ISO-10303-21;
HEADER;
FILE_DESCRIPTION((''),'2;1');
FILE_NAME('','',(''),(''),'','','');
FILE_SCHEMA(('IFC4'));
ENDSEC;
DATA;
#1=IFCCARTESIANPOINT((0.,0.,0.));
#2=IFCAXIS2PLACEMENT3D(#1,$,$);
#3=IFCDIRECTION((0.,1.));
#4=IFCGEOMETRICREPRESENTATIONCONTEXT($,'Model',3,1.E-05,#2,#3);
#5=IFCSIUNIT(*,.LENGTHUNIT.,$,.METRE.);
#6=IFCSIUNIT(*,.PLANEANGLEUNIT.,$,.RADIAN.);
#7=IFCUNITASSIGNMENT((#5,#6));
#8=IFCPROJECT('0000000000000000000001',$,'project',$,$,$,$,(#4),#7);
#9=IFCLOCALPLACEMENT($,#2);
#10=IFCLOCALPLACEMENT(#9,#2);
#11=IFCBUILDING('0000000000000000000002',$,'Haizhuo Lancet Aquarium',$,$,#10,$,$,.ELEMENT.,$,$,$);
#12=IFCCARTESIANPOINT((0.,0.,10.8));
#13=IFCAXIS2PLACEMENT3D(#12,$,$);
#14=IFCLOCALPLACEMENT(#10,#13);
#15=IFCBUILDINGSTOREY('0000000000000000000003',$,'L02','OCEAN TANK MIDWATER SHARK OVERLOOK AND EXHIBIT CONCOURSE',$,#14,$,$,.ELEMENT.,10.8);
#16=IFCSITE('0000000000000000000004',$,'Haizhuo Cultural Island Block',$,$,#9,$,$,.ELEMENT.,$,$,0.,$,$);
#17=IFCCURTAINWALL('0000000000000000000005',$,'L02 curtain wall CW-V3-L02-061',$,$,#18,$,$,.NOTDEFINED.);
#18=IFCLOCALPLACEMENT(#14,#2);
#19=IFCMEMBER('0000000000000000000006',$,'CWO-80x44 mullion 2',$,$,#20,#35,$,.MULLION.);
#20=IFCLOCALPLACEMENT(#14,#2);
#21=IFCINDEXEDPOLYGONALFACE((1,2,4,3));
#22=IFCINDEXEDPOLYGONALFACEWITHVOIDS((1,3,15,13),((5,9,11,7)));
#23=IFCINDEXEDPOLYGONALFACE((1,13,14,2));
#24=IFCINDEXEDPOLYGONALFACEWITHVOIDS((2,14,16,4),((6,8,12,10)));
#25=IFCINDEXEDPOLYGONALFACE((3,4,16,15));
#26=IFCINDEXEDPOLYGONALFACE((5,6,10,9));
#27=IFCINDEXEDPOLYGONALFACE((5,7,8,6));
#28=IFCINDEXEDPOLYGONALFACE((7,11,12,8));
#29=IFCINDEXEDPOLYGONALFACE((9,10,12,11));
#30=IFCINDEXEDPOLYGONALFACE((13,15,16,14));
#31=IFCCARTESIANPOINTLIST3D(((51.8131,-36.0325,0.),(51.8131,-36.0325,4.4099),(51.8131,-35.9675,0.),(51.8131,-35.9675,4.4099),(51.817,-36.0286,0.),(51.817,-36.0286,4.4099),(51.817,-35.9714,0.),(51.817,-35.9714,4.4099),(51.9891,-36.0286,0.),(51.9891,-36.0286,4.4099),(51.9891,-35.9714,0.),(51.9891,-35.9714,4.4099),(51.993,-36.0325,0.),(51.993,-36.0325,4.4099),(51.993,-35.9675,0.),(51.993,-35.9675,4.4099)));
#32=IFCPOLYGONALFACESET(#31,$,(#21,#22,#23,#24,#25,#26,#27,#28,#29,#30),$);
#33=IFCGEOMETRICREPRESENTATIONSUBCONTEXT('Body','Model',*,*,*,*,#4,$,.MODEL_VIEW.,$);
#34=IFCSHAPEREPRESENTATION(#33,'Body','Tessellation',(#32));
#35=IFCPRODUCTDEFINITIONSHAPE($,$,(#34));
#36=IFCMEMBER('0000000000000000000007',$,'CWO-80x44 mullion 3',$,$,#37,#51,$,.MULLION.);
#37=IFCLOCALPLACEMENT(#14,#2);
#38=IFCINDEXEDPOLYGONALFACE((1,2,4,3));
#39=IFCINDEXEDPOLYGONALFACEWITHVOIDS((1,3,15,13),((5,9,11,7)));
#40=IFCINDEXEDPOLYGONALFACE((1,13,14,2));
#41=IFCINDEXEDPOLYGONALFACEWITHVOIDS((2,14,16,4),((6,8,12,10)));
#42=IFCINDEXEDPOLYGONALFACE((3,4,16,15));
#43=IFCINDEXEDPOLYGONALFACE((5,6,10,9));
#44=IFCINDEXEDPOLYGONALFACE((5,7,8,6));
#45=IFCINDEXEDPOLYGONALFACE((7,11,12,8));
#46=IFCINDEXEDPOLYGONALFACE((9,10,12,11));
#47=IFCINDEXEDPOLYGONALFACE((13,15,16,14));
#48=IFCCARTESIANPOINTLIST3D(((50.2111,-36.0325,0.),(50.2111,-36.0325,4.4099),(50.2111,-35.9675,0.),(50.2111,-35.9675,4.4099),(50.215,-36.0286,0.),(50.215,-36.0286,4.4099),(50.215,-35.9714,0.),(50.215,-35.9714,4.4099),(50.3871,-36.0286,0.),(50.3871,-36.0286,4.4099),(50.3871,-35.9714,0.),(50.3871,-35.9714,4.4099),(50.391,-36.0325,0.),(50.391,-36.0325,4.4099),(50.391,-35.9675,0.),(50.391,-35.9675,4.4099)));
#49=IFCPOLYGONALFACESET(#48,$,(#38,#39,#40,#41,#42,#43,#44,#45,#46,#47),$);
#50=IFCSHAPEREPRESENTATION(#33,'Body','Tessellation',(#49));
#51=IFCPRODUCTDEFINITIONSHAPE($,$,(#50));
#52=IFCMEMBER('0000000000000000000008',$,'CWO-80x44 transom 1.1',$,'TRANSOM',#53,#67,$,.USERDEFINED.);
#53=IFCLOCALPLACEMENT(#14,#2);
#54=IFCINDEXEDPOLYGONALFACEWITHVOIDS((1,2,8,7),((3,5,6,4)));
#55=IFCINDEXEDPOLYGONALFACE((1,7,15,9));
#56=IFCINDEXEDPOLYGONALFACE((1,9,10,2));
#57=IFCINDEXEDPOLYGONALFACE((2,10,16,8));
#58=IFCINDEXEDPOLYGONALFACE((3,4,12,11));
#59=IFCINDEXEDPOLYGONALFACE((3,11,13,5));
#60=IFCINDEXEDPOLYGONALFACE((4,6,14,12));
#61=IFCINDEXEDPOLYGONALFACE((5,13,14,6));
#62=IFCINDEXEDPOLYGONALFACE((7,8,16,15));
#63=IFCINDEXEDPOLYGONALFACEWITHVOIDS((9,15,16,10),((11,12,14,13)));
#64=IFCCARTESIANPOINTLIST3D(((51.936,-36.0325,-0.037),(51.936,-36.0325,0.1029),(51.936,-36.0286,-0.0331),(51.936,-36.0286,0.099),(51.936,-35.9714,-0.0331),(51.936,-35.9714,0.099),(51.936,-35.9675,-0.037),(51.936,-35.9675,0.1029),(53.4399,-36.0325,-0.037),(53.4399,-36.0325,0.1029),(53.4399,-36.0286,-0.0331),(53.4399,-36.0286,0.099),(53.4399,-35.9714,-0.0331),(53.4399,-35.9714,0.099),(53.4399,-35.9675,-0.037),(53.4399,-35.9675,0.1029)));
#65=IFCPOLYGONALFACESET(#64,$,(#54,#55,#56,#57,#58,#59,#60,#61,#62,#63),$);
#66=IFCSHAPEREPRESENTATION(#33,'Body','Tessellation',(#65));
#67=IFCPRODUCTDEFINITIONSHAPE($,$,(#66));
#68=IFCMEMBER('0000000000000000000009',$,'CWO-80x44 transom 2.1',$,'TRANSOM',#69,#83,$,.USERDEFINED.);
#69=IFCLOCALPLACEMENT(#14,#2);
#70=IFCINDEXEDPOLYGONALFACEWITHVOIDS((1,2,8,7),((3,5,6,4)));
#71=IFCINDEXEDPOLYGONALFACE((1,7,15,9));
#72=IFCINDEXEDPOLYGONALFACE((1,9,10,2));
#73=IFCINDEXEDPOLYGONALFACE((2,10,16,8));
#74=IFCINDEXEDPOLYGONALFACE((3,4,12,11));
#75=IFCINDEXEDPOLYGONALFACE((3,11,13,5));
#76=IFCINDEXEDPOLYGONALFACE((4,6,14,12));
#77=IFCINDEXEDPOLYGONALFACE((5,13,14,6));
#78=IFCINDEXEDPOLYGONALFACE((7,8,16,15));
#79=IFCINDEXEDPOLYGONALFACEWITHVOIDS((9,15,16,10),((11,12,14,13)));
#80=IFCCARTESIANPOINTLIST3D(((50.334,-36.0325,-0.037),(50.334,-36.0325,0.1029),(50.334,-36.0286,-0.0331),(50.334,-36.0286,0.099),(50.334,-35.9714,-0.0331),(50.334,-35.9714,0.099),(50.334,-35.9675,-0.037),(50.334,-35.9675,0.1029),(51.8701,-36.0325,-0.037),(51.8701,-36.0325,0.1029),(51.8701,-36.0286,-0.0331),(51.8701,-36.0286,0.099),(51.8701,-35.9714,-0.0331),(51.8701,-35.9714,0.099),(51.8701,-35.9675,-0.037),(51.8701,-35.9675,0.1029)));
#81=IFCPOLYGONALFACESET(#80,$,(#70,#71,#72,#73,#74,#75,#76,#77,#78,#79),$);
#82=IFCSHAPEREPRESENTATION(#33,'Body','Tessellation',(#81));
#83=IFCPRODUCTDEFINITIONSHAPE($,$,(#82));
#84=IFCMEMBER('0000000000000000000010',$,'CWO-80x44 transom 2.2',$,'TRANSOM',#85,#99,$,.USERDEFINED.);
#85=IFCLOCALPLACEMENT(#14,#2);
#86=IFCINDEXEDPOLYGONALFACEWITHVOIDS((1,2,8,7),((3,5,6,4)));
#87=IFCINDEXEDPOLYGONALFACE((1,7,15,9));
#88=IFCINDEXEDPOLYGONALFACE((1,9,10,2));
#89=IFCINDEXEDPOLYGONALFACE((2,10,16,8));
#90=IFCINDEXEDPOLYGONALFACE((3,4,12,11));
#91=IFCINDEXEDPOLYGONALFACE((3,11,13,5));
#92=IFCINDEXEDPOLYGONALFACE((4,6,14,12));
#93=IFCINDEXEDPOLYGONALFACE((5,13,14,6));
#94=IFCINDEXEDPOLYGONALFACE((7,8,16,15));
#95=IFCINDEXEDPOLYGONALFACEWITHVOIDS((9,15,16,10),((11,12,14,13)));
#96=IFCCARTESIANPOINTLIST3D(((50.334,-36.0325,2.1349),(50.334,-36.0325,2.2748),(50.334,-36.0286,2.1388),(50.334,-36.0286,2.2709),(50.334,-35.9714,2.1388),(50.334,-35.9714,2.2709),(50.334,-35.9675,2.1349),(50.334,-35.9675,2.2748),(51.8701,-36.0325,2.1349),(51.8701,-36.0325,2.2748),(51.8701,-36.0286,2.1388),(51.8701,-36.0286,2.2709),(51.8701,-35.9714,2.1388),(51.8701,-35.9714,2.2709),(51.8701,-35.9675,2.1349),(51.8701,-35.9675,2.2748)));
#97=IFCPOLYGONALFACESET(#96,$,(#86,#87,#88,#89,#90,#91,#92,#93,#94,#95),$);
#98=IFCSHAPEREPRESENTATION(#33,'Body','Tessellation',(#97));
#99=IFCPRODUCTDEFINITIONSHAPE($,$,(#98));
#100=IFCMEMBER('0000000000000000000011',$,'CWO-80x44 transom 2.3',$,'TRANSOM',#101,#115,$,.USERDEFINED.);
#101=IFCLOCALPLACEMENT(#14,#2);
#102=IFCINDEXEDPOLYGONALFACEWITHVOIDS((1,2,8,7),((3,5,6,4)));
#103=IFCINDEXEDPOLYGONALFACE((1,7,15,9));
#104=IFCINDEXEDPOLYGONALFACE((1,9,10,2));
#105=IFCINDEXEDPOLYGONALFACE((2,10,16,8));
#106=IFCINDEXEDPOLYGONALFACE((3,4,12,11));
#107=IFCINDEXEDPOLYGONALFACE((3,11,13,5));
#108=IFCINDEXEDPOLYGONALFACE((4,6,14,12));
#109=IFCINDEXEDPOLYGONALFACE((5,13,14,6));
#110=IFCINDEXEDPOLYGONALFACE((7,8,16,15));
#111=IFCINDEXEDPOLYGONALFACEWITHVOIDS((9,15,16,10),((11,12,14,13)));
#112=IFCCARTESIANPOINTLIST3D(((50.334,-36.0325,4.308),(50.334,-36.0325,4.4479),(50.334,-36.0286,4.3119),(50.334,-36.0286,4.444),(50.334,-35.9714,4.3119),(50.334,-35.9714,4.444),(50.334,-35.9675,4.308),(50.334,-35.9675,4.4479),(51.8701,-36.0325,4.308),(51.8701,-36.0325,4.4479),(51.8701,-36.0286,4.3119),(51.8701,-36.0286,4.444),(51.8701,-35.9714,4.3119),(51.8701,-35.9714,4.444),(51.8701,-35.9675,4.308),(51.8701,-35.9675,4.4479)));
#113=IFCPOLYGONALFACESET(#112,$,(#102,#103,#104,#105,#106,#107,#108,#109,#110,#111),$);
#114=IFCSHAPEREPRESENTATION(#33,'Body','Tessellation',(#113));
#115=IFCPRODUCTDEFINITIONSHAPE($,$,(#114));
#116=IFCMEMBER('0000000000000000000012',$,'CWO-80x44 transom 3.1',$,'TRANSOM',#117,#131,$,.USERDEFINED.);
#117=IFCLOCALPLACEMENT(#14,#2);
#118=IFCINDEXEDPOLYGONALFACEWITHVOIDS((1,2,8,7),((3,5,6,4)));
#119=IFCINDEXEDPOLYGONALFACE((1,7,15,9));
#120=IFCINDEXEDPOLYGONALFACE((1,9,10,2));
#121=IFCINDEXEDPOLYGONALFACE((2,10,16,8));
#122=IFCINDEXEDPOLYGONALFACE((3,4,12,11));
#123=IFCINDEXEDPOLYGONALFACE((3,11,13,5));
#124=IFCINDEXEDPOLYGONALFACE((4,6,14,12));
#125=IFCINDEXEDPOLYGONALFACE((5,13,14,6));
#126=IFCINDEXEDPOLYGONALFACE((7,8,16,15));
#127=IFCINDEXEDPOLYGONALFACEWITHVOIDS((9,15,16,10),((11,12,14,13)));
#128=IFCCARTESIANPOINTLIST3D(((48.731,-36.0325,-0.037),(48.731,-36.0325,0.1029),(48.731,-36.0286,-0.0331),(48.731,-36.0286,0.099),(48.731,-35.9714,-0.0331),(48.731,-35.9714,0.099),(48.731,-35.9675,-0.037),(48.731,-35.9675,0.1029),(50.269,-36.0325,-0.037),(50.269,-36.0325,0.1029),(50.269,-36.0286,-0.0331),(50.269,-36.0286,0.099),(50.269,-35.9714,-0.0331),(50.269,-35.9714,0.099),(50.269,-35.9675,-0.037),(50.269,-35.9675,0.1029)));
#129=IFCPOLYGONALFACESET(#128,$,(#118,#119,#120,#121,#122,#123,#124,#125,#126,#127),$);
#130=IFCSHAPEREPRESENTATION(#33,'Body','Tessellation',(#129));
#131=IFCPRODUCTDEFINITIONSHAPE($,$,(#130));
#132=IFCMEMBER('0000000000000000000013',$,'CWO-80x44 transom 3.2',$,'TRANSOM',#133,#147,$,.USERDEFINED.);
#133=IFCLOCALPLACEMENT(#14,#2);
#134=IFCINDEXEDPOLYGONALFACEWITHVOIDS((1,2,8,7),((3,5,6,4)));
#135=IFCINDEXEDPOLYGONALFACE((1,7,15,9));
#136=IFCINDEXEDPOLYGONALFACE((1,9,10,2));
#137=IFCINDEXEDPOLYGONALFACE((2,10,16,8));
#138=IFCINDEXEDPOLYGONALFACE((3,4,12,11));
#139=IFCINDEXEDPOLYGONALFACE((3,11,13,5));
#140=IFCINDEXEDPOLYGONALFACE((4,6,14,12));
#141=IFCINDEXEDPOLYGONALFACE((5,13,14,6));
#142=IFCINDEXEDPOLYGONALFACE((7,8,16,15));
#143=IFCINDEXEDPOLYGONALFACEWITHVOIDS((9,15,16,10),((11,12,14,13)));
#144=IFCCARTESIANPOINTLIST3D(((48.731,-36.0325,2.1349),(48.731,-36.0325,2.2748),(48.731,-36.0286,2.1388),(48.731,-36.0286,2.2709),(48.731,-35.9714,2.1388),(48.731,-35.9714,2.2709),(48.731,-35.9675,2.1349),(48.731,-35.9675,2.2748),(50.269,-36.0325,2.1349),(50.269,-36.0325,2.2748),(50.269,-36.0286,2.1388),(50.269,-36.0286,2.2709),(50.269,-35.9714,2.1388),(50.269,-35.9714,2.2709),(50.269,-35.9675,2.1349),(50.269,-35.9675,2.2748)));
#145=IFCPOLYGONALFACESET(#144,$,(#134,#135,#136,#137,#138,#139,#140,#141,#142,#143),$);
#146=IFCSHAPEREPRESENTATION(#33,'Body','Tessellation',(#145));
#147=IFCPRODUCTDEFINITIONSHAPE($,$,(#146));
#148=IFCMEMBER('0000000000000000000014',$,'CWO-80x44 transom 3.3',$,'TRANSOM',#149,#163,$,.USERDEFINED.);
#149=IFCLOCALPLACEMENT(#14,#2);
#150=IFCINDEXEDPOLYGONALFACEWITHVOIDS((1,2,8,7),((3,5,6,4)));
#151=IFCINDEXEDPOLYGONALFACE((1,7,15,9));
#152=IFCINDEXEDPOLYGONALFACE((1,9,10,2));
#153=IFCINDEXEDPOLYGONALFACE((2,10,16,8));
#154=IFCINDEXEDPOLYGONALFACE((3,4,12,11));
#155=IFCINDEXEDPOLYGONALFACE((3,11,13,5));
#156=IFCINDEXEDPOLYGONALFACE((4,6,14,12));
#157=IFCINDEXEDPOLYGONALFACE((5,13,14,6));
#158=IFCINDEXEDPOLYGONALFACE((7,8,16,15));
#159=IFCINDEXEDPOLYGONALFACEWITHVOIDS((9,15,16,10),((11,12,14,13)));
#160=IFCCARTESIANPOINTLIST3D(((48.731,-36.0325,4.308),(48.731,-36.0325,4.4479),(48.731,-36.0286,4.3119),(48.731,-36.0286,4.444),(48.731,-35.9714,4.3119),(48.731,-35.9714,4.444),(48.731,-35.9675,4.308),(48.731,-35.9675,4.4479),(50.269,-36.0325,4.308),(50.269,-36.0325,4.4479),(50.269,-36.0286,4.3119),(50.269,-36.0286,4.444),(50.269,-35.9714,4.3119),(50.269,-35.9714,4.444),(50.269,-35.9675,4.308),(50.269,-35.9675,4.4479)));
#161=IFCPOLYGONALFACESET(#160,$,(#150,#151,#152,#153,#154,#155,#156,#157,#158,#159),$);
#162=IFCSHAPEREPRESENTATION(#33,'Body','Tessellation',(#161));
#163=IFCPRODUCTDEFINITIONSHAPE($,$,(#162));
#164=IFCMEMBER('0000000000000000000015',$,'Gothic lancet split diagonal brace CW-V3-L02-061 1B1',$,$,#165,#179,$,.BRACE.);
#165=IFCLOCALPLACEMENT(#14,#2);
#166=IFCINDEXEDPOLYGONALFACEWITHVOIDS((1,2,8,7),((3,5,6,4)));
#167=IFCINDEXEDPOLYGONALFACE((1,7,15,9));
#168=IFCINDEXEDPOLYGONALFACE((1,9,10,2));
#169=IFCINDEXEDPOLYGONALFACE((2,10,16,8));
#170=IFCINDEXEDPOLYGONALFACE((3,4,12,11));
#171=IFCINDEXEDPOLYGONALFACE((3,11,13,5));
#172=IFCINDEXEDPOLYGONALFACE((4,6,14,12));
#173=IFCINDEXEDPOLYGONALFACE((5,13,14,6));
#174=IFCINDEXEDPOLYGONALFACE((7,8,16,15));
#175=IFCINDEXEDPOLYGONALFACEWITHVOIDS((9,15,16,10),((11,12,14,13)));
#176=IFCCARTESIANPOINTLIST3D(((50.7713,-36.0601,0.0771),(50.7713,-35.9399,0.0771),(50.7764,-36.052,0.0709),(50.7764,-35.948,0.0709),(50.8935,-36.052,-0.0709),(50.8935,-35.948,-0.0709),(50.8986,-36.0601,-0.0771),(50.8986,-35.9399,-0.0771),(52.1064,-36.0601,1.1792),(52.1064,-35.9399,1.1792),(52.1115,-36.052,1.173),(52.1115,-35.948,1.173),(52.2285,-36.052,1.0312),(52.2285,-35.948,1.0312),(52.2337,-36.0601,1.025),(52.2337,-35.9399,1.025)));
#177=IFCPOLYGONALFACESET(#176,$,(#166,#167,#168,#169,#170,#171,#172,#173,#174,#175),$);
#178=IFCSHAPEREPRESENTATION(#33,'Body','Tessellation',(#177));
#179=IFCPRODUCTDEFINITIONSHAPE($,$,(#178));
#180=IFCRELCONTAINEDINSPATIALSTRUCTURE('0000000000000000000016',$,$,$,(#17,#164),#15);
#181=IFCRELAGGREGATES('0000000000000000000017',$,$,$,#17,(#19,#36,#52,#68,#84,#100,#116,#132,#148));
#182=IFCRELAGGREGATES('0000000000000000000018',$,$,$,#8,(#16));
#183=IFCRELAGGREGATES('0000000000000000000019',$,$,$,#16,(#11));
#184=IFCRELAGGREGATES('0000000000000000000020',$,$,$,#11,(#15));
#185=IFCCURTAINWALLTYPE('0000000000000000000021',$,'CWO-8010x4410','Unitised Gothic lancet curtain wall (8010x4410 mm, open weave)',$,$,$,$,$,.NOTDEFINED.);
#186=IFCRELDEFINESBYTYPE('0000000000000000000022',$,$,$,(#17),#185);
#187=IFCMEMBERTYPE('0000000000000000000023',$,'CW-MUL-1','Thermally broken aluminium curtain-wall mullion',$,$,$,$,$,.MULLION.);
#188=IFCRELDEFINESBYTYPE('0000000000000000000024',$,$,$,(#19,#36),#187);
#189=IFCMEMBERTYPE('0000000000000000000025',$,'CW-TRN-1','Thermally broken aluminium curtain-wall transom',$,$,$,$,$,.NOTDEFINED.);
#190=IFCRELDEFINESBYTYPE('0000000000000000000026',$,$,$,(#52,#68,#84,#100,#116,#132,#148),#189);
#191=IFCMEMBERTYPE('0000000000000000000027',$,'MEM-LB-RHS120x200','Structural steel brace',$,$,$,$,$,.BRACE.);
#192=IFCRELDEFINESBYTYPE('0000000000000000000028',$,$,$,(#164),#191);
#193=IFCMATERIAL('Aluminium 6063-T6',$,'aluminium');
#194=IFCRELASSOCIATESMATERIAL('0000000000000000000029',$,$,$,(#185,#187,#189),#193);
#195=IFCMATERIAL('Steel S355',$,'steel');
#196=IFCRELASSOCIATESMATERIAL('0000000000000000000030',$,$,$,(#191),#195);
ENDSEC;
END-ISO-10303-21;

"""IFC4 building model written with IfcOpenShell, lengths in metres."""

from ifc_helpers import new_model, si_unit, direction, frame, origin, origin_2d, place, context, subcontext, project, spatial, hollow_rectangle, extrude, material, material_profile, profile_set, type_object, element, aggregate, save


model = new_model("IFC4")

# Units and contexts
model_context = context("Model", 3, precision=1e-05, world=origin(), true_north=direction((0.0, 1.0)))
body_context = subcontext(model_context, "Body", "Model", "MODEL_VIEW")
ifc_project = project(units=[si_unit("LENGTHUNIT", "METRE"), si_unit("PLANEANGLEUNIT", "RADIAN")], contexts=[model_context])

# Site, building, storey
site_placement = place(None, origin())
site = spatial("IfcSite", under=ifc_project, at=site_placement, Name="Haizhuo Cultural Island Block", CompositionType="ELEMENT", RefElevation=0.0)
building_placement = place(site_placement, origin())
building = spatial("IfcBuilding", under=site, at=building_placement, Name="Haizhuo Lancet Aquarium", CompositionType="ELEMENT")
storey_placement = place(building_placement, frame((0.0, 0.0, 10.8)))
storey = spatial("IfcBuildingStorey", under=building, at=storey_placement, Name="L02", Description="OCEAN TANK MIDWATER SHARK OVERLOOK AND EXHIBIT CONCOURSE", CompositionType="ELEMENT", Elevation=10.8)

# Curtain wall, members
ifc_material_1 = material(Name="Aluminium 6063-T6", Category="aluminium")
curtain_wall_type = type_object("IfcCurtainWallType", Name="CWO-8010x4410", Description="Unitised Gothic lancet curtain wall (8010x4410 mm, open weave)", PredefinedType="NOTDEFINED", material=ifc_material_1)
curtain_wall_placement = place(storey_placement, origin())
curtain_wall = element("IfcCurtainWall", 1, at=curtain_wall_placement, inside=storey, type_object=curtain_wall_type, Name="L02 curtain wall CW-V3-L02-061", PredefinedType="NOTDEFINED")
ifc_material_profile_1 = material_profile(ifc_material_1, hollow_rectangle(XDim=0.0649, YDim=0.1799, WallThickness=0.0039, at=origin_2d()), Name="ALU-M 65x180x4")
ifc_profile_set_1 = profile_set([ifc_material_profile_1], Name="Aluminium 6063-T6")
member_type_1 = type_object("IfcMemberType", Name="CW-MUL-1", Description="Thermally broken aluminium curtain-wall mullion", PredefinedType="MULLION", material=ifc_profile_set_1)
member_1_placement = place(storey_placement, frame((51.9031, -36.0, 0.0), z_axis=(0.0, 0.0, 1.0), x_axis=(0.0, -1.0, 0.0)))
member_1 = element("IfcMember", 2, at=member_1_placement, type_object=member_type_1, Name="CWO-80x44 mullion 2", PredefinedType="MULLION", context=body_context, shape_type="SweptSolid", body=[
    extrude(hollow_rectangle(XDim=0.0649, YDim=0.1799, WallThickness=0.0039, at=origin_2d()), origin(), (0.0, 0.0, 1.0), 4.4099),
])
member_2_placement = place(storey_placement, frame((50.301, -36.0, 0.0), z_axis=(0.0, 0.0, 1.0), x_axis=(0.0, -1.0, 0.0)))
member_2 = element("IfcMember", 3, at=member_2_placement, type_object=member_type_1, Name="CWO-80x44 mullion 3", PredefinedType="MULLION", context=body_context, shape_type="SweptSolid", body=[
    extrude(hollow_rectangle(XDim=0.0649, YDim=0.1799, WallThickness=0.0039, at=origin_2d()), origin(), (0.0, 0.0, 1.0), 4.4099),
])
ifc_material_profile_2 = material_profile(ifc_material_1, hollow_rectangle(XDim=0.0649, YDim=0.1399, WallThickness=0.0039, at=origin_2d()), Name="ALU-T 65x140x4")
ifc_profile_set_2 = profile_set([ifc_material_profile_2], Name="Aluminium 6063-T6")
member_type_2 = type_object("IfcMemberType", Name="CW-TRN-1", Description="Thermally broken aluminium curtain-wall transom", PredefinedType="NOTDEFINED", material=ifc_profile_set_2)
member_3_placement = place(storey_placement, frame((53.4399, -36.0, 0.033), z_axis=(-1.0, 0.0, 0.0), x_axis=(0.0, -1.0, 0.0)))
member_3 = element("IfcMember", 4, at=member_3_placement, type_object=member_type_2, Name="CWO-80x44 transom 1.1", ObjectType="TRANSOM", PredefinedType="USERDEFINED", context=body_context, shape_type="SweptSolid", body=[
    extrude(hollow_rectangle(XDim=0.0649, YDim=0.1399, WallThickness=0.0039, at=origin_2d()), origin(), (0.0, 0.0, 1.0), 1.5039),
])
member_4_placement = place(storey_placement, frame((51.8701, -36.0, 0.033), z_axis=(-1.0, 0.0, 0.0), x_axis=(0.0, -1.0, 0.0)))
member_4 = element("IfcMember", 5, at=member_4_placement, type_object=member_type_2, Name="CWO-80x44 transom 2.1", ObjectType="TRANSOM", PredefinedType="USERDEFINED", context=body_context, shape_type="SweptSolid", body=[
    extrude(hollow_rectangle(XDim=0.0649, YDim=0.1399, WallThickness=0.0039, at=origin_2d()), origin(), (0.0, 0.0, 1.0), 1.5361),
])
member_5_placement = place(storey_placement, frame((51.8701, -36.0, 2.2048), z_axis=(-1.0, 0.0, 0.0), x_axis=(0.0, -1.0, 0.0)))
member_5 = element("IfcMember", 6, at=member_5_placement, type_object=member_type_2, Name="CWO-80x44 transom 2.2", ObjectType="TRANSOM", PredefinedType="USERDEFINED", context=body_context, shape_type="SweptSolid", body=[
    extrude(hollow_rectangle(XDim=0.0649, YDim=0.1399, WallThickness=0.0039, at=origin_2d()), origin(), (0.0, 0.0, 1.0), 1.5361),
])
member_6_placement = place(storey_placement, frame((51.8701, -36.0, 4.3779), z_axis=(-1.0, 0.0, 0.0), x_axis=(0.0, -1.0, 0.0)))
member_6 = element("IfcMember", 7, at=member_6_placement, type_object=member_type_2, Name="CWO-80x44 transom 2.3", ObjectType="TRANSOM", PredefinedType="USERDEFINED", context=body_context, shape_type="SweptSolid", body=[
    extrude(hollow_rectangle(XDim=0.0649, YDim=0.1399, WallThickness=0.0039, at=origin_2d()), origin(), (0.0, 0.0, 1.0), 1.5361),
])
member_7_placement = place(storey_placement, frame((50.269, -36.0, 0.033), z_axis=(-1.0, 0.0, 0.0), x_axis=(0.0, -1.0, 0.0)))
member_7 = element("IfcMember", 8, at=member_7_placement, type_object=member_type_2, Name="CWO-80x44 transom 3.1", ObjectType="TRANSOM", PredefinedType="USERDEFINED", context=body_context, shape_type="SweptSolid", body=[
    extrude(hollow_rectangle(XDim=0.0649, YDim=0.1399, WallThickness=0.0039, at=origin_2d()), origin(), (0.0, 0.0, 1.0), 1.5381),
])
member_8_placement = place(storey_placement, frame((50.269, -36.0, 2.2048), z_axis=(-1.0, 0.0, 0.0), x_axis=(0.0, -1.0, 0.0)))
member_8 = element("IfcMember", 9, at=member_8_placement, type_object=member_type_2, Name="CWO-80x44 transom 3.2", ObjectType="TRANSOM", PredefinedType="USERDEFINED", context=body_context, shape_type="SweptSolid", body=[
    extrude(hollow_rectangle(XDim=0.0649, YDim=0.1399, WallThickness=0.0039, at=origin_2d()), origin(), (0.0, 0.0, 1.0), 1.5381),
])
member_9_placement = place(storey_placement, frame((50.269, -36.0, 4.3779), z_axis=(-1.0, 0.0, 0.0), x_axis=(0.0, -1.0, 0.0)))
member_9 = element("IfcMember", 10, at=member_9_placement, type_object=member_type_2, Name="CWO-80x44 transom 3.3", ObjectType="TRANSOM", PredefinedType="USERDEFINED", context=body_context, shape_type="SweptSolid", body=[
    extrude(hollow_rectangle(XDim=0.0649, YDim=0.1399, WallThickness=0.0039, at=origin_2d()), origin(), (0.0, 0.0, 1.0), 1.5381),
])

# Member
ifc_material_2 = material(Name="Steel S355", Category="steel")
ifc_material_profile_3 = material_profile(ifc_material_2, hollow_rectangle(XDim=0.1201, YDim=0.2, WallThickness=0.0081, at=origin_2d()), Name="RHS 120x200x8")
ifc_profile_set_3 = profile_set([ifc_material_profile_3], Name="Steel S355")
member_type_3 = type_object("IfcMemberType", Name="MEM-LB-RHS120x200", Description="Structural steel brace", PredefinedType="BRACE", material=ifc_profile_set_3)
member_10_placement = place(storey_placement, frame((50.835, -36.0, 0.0), z_axis=(0.771172, 0.0, 0.636626), x_axis=(0.0, 1.0, 0.0)))
element("IfcMember", 11, at=member_10_placement, inside=storey, type_object=member_type_3, Name="Gothic lancet split diagonal brace CW-V3-L02-061 1B1", PredefinedType="BRACE", context=body_context, shape_type="SweptSolid", body=[
    extrude(hollow_rectangle(XDim=0.1201, YDim=0.2, WallThickness=0.0081, at=origin_2d()), origin(), (0.0, 0.0, 1.0), 1.7312),
])

aggregate(curtain_wall, [member_1, member_2, member_3, member_4, member_5, member_6, member_7, member_8, member_9])

save(model, "model.ifc")
